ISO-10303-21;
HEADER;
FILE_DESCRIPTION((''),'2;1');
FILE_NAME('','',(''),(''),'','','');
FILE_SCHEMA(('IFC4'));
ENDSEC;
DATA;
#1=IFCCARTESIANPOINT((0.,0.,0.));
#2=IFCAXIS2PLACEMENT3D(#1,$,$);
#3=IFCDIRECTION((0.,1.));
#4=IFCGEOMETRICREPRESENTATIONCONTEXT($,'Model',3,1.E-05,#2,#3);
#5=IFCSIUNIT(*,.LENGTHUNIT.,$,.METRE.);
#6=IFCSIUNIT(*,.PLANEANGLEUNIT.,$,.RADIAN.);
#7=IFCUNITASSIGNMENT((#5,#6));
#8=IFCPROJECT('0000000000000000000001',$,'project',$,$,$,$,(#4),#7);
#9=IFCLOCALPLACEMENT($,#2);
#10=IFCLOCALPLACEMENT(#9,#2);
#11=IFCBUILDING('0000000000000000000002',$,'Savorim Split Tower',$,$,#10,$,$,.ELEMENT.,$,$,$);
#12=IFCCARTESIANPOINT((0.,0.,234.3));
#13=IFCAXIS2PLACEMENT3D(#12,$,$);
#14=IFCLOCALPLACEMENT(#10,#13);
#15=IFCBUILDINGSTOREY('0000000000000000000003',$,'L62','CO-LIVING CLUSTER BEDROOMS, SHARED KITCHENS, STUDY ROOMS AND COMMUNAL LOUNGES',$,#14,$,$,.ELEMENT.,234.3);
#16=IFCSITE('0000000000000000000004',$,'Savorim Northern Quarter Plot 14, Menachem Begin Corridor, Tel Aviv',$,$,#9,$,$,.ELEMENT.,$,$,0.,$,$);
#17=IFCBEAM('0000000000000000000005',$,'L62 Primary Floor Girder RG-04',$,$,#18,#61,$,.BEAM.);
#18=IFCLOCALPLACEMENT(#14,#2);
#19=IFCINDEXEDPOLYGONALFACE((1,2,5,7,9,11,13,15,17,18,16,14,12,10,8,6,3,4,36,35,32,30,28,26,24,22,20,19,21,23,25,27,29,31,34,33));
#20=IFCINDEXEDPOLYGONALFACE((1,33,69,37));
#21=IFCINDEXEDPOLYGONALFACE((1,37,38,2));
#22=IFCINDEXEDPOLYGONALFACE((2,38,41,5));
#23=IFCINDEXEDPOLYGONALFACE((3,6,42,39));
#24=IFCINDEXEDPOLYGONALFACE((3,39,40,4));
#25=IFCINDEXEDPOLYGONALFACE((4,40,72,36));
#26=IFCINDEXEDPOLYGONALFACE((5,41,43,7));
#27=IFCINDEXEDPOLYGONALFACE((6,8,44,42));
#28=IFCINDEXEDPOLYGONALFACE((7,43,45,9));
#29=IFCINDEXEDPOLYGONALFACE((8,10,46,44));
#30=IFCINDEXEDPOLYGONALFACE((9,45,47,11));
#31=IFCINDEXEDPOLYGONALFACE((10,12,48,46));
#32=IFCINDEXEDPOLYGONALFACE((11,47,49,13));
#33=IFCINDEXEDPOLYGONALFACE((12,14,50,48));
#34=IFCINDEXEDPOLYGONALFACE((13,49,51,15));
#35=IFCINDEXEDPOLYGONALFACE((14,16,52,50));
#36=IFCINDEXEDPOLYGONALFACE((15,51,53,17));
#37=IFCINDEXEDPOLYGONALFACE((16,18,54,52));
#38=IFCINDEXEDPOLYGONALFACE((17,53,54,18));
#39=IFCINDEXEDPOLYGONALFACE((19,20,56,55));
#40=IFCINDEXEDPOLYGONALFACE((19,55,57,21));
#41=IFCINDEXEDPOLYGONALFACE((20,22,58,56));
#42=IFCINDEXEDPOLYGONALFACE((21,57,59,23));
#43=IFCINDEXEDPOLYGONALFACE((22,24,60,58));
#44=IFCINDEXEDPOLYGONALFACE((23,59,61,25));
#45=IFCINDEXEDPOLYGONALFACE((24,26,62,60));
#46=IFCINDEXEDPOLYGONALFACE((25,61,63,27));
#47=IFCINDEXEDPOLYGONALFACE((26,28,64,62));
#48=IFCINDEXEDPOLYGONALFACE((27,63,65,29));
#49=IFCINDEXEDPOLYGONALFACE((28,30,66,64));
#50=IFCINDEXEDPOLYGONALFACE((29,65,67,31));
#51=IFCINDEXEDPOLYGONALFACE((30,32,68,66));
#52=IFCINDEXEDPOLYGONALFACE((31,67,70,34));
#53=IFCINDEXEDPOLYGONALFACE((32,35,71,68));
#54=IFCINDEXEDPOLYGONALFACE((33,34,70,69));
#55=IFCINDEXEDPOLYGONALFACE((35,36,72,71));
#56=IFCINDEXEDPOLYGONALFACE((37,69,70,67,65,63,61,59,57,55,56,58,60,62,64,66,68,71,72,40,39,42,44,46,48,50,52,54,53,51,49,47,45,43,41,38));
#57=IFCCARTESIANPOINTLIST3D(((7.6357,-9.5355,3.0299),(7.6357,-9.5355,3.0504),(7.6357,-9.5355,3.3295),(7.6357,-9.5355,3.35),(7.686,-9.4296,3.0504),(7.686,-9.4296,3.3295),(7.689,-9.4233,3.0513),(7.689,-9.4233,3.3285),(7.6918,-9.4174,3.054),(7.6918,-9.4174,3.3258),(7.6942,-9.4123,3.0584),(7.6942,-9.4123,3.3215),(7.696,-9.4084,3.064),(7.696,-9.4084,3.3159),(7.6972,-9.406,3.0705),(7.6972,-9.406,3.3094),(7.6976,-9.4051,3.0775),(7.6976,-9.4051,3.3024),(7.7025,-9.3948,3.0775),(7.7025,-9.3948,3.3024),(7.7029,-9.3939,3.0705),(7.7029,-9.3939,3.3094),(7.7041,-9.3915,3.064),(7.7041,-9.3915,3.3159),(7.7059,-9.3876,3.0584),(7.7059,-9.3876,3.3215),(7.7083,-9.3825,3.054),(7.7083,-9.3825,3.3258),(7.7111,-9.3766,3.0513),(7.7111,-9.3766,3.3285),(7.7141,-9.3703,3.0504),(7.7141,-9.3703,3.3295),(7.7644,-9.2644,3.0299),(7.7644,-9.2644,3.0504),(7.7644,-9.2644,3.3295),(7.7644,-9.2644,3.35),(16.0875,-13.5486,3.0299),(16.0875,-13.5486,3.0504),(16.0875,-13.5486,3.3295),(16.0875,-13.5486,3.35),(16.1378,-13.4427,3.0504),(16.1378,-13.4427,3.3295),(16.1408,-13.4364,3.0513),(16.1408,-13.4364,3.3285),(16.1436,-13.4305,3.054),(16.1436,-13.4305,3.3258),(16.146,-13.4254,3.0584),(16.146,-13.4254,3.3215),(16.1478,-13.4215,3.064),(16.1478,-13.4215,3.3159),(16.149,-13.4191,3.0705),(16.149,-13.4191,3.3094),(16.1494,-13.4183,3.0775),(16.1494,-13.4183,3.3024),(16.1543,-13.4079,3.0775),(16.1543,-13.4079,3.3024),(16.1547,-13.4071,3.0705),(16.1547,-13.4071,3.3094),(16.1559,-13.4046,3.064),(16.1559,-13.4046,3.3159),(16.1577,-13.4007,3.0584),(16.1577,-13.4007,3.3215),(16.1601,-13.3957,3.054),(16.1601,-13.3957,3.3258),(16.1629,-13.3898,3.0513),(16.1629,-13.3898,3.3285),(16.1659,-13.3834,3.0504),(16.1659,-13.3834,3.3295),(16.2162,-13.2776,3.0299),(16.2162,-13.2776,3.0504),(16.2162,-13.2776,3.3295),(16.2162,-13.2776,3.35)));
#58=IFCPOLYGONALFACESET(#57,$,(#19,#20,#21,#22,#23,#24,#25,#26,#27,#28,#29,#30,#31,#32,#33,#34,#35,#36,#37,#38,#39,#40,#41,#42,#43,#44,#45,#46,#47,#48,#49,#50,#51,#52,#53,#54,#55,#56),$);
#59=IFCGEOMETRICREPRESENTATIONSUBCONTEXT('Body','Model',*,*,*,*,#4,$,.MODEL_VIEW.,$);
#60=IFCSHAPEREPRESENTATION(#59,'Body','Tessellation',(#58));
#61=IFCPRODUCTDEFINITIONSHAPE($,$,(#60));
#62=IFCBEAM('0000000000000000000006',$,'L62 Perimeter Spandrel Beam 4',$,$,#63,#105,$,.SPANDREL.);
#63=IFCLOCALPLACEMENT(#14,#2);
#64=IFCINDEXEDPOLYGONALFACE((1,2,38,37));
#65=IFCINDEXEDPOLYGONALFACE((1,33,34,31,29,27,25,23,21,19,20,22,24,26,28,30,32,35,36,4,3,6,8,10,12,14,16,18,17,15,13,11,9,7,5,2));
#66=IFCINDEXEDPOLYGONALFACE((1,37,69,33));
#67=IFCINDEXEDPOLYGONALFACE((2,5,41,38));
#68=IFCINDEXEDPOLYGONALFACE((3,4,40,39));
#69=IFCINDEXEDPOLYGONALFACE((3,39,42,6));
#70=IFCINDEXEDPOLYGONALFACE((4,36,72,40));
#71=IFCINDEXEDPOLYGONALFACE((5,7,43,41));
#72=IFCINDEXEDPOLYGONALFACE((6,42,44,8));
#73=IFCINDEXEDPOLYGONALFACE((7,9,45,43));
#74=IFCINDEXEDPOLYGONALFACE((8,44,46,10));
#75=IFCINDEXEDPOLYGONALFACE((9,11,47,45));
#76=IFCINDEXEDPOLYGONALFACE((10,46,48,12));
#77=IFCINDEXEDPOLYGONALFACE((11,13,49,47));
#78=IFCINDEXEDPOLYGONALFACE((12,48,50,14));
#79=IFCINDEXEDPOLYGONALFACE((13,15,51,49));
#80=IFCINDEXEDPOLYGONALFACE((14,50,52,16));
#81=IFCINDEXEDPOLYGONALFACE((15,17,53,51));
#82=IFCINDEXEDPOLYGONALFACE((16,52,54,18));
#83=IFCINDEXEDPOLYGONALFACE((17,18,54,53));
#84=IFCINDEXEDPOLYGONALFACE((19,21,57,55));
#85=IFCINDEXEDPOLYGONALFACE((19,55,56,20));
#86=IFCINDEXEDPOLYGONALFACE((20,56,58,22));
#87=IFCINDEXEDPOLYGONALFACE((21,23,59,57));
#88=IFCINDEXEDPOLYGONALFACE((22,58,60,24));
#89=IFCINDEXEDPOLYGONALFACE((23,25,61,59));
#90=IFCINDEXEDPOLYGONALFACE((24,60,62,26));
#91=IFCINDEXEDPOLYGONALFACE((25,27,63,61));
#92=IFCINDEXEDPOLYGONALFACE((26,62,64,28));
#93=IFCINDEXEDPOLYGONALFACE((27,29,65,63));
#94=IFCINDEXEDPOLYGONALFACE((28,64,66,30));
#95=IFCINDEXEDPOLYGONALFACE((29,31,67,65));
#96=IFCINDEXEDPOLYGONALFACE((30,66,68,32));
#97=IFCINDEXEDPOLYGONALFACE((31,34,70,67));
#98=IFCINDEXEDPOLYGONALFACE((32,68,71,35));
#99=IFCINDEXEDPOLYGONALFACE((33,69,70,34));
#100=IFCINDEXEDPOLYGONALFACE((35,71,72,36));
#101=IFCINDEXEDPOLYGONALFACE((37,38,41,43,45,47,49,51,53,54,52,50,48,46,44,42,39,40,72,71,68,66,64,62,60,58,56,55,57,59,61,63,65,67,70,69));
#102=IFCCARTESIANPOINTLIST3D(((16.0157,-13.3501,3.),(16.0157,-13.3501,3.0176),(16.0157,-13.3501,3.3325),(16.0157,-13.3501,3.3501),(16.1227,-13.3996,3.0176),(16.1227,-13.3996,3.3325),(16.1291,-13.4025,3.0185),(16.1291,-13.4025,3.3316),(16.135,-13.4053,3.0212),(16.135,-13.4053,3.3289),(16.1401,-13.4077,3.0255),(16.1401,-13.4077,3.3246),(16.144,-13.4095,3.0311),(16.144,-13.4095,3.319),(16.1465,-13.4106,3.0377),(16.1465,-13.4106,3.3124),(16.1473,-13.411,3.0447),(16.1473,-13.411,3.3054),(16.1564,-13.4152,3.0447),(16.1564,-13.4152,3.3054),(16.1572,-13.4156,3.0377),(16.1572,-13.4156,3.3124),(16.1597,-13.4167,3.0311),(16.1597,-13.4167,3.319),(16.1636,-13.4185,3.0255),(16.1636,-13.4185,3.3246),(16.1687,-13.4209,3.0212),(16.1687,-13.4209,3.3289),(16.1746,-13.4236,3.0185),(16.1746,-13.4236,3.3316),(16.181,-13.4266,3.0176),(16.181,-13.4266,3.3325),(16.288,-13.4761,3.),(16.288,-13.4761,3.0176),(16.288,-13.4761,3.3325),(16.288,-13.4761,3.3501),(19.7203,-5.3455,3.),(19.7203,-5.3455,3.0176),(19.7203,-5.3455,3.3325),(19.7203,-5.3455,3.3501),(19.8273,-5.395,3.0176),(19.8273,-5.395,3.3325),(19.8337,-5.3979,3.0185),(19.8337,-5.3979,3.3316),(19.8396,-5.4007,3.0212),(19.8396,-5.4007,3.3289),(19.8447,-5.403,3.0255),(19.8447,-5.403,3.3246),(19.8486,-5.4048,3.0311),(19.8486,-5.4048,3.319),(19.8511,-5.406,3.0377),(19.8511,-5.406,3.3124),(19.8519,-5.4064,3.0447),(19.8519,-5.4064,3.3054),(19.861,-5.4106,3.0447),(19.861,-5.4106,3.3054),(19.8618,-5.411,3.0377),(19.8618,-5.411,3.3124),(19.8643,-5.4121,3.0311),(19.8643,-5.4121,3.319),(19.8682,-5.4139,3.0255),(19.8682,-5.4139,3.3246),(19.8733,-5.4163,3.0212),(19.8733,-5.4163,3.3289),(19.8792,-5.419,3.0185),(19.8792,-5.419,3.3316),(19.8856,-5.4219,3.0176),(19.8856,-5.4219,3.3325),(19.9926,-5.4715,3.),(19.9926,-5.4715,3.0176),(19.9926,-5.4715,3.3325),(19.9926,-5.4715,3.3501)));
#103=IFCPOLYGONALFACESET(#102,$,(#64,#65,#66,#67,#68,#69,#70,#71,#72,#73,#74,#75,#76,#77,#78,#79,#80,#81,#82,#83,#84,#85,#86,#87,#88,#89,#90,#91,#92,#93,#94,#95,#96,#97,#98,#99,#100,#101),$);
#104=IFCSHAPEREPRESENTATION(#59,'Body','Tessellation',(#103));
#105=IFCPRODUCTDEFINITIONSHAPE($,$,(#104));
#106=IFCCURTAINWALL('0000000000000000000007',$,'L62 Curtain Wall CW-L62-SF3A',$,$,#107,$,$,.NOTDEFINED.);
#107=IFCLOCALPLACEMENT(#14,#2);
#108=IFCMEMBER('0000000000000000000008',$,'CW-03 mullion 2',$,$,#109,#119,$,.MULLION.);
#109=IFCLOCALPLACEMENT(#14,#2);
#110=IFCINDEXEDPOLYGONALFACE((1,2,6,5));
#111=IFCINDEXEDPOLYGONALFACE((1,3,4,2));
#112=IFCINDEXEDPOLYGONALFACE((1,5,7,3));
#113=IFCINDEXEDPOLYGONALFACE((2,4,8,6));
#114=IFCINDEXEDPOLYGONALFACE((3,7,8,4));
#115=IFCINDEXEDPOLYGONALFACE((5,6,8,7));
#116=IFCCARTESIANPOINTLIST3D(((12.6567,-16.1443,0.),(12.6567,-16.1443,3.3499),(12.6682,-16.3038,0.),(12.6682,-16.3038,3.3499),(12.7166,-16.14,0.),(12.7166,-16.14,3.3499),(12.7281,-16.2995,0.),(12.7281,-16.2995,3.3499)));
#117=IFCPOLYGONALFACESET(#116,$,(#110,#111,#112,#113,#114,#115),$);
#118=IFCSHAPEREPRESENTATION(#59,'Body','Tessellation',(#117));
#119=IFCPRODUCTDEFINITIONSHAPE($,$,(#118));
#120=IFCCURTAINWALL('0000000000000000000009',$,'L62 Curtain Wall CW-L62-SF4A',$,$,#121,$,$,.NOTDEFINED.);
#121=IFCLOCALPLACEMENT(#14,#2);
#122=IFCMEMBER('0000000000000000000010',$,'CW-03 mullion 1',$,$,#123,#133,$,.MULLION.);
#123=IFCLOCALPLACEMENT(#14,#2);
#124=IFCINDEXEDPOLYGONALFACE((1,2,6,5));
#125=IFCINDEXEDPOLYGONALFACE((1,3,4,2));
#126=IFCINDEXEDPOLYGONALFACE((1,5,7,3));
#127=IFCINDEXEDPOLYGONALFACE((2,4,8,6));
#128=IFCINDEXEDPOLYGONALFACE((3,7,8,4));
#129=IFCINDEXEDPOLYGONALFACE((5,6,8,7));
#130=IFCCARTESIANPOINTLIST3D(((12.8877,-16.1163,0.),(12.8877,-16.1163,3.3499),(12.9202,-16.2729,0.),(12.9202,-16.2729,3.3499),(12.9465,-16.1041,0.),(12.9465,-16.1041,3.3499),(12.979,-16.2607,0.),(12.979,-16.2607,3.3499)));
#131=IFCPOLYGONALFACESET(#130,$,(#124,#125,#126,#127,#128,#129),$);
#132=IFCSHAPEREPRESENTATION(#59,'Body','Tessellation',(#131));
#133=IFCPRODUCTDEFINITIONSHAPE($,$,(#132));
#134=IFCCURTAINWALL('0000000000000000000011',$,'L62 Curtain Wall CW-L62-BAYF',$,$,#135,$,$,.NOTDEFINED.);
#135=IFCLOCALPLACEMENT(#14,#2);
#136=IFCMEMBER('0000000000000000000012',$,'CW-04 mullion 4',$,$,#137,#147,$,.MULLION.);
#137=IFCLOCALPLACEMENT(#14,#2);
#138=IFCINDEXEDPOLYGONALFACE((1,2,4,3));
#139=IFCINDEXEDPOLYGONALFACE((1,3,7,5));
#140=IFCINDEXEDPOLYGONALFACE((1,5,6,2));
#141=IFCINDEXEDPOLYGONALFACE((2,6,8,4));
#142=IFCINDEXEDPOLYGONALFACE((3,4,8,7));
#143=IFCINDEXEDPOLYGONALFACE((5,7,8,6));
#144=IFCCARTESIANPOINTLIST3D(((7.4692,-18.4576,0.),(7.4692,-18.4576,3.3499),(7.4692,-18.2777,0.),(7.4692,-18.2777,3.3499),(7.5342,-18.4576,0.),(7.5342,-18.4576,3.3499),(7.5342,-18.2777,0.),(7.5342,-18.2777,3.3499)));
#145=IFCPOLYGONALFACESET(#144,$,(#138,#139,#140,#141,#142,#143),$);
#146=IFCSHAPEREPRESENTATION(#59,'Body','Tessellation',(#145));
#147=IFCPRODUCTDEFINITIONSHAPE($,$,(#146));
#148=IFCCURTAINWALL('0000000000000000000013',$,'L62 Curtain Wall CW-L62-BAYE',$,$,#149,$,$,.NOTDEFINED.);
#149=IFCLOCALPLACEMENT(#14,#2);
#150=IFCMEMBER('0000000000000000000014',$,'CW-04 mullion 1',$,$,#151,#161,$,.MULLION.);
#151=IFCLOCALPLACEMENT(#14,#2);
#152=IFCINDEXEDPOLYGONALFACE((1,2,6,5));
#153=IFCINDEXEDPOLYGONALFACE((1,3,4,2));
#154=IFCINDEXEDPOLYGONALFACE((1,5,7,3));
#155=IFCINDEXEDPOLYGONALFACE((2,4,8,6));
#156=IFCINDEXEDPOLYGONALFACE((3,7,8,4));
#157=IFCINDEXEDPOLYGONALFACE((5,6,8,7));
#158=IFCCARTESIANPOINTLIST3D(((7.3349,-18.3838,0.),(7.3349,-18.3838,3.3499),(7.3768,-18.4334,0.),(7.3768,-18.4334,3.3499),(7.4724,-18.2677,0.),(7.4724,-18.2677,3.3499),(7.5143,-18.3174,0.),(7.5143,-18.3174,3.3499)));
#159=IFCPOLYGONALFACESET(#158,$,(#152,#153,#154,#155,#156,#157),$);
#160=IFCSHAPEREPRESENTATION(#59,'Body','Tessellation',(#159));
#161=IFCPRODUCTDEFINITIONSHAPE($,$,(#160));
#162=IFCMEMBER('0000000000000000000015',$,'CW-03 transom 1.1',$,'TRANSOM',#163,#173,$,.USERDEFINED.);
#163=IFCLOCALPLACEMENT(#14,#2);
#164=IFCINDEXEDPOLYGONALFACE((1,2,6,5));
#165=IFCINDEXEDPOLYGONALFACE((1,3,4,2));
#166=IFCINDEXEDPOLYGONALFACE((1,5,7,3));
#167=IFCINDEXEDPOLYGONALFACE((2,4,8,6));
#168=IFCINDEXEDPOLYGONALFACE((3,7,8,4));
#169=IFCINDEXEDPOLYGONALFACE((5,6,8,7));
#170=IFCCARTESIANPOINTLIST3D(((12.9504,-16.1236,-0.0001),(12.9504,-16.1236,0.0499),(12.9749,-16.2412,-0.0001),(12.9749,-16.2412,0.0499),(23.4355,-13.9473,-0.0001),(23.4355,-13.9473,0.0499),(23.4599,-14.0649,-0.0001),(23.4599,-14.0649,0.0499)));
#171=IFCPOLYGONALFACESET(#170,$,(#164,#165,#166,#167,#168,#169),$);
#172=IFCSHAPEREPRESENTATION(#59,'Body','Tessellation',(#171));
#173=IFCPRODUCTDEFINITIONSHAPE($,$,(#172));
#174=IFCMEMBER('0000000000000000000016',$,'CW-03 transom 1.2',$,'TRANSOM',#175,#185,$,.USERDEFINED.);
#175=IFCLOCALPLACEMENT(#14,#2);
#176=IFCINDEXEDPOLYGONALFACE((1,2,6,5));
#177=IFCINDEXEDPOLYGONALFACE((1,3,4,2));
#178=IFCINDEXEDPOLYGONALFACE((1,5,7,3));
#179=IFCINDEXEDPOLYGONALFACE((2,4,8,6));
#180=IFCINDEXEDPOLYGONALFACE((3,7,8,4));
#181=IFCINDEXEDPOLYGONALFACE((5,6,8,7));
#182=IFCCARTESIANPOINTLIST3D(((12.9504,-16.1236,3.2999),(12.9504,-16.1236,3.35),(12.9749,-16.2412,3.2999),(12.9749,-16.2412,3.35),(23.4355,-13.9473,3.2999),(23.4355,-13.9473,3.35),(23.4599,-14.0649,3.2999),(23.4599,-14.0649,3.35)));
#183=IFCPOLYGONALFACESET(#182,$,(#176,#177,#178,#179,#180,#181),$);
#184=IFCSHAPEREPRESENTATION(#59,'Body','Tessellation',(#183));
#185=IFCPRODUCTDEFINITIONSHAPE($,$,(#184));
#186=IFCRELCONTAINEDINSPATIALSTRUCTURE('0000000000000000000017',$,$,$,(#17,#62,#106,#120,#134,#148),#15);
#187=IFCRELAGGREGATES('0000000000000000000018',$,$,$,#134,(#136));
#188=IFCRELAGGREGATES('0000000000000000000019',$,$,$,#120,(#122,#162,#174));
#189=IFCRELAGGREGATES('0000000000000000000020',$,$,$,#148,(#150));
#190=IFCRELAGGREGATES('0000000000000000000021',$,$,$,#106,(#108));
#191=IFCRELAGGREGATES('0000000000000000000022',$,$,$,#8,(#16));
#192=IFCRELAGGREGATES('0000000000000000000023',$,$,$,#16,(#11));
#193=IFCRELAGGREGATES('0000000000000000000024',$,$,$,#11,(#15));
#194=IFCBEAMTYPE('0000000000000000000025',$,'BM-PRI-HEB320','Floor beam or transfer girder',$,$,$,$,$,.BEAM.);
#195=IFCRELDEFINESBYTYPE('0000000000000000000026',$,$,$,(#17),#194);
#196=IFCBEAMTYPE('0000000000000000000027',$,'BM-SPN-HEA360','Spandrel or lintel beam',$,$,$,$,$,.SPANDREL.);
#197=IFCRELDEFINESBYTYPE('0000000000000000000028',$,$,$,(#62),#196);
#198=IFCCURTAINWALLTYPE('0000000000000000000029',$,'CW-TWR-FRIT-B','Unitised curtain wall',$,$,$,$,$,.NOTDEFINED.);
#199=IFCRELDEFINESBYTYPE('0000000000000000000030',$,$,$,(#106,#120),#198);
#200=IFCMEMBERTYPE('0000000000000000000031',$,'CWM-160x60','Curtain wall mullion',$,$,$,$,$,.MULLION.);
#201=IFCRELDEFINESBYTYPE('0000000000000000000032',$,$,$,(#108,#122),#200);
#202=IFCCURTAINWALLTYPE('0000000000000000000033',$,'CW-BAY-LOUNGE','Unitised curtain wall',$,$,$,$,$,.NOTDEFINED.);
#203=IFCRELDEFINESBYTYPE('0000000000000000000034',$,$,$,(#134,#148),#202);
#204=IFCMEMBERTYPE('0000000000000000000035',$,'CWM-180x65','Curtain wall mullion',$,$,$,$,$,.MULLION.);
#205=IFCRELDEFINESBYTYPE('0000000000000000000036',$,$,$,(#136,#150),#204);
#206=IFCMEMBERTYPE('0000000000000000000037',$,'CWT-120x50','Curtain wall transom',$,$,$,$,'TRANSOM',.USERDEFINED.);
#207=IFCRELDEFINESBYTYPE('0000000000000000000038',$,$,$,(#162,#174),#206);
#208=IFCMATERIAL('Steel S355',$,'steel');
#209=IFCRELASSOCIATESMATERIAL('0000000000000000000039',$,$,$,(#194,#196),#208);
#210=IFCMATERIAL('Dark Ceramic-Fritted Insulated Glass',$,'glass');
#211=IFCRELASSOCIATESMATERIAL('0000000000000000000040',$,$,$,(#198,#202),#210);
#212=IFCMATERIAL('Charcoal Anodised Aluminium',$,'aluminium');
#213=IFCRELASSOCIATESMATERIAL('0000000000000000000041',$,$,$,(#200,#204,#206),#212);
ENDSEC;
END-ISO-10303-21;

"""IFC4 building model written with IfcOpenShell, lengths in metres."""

from ifc_helpers import new_model, si_unit, direction, frame, origin, origin_2d, place, context, subcontext, project, spatial, rectangle, i_section, extrude, material, material_profile, profile_set, type_object, element, aggregate, save


model = new_model("IFC4")

# Units and contexts
model_context = context("Model", 3, precision=1e-05, world=origin(), true_north=direction((0.0, 1.0)))
body_context = subcontext(model_context, "Body", "Model", "MODEL_VIEW")
ifc_project = project(units=[si_unit("LENGTHUNIT", "METRE"), si_unit("PLANEANGLEUNIT", "RADIAN")], contexts=[model_context])

# Site, building, storey
site_placement = place(None, origin())
site = spatial("IfcSite", under=ifc_project, at=site_placement, Name="Savorim Northern Quarter Plot 14, Menachem Begin Corridor, Tel Aviv", CompositionType="ELEMENT", RefElevation=0.0)
building_placement = place(site_placement, origin())
building = spatial("IfcBuilding", under=site, at=building_placement, Name="Savorim Split Tower", CompositionType="ELEMENT")
storey_placement = place(building_placement, frame((0.0, 0.0, 234.3)))
storey = spatial("IfcBuildingStorey", under=building, at=storey_placement, Name="L62", Description="CO-LIVING CLUSTER BEDROOMS, SHARED KITCHENS, STUDY ROOMS AND COMMUNAL LOUNGES", CompositionType="ELEMENT", Elevation=234.3)

# Shared definitions
ifc_material_1 = material(Name="Steel S355", Category="steel")

# Beams
ifc_material_profile_1 = material_profile(ifc_material_1, i_section(OverallWidth=0.3, OverallDepth=0.3201, WebThickness=0.0115, FlangeThickness=0.0205, FilletRadius=0.0271, at=origin_2d()), Name="HEB 320")
ifc_profile_set_1 = profile_set([ifc_material_profile_1], Name="Steel S355")
beam_type_1 = type_object("IfcBeamType", Name="BM-PRI-HEB320", Description="Floor beam or transfer girder", PredefinedType="BEAM", material=ifc_profile_set_1)
beam_1_placement = place(storey_placement, frame((16.1519, -13.4131, 3.1899), z_axis=(-0.903338, 0.428929, 0.0), x_axis=(-0.428929, -0.903338, 0.0)))
element("IfcBeam", 1, at=beam_1_placement, inside=storey, type_object=beam_type_1, Name="L62 Primary Floor Girder RG-04", PredefinedType="BEAM", context=body_context, shape_type="SweptSolid", body=[
    extrude(i_section(OverallWidth=0.3, OverallDepth=0.3201, WebThickness=0.0115, FlangeThickness=0.0205, FilletRadius=0.0271, at=origin_2d()), origin(), (0.0, 0.0, 1.0), 9.3562),
])
ifc_material_profile_2 = material_profile(ifc_material_1, i_section(OverallWidth=0.3, OverallDepth=0.3501, WebThickness=0.01, FlangeThickness=0.0176, FilletRadius=0.0271, at=origin_2d()), Name="HEA 360")
ifc_profile_set_2 = profile_set([ifc_material_profile_2], Name="Steel S355")
beam_type_2 = type_object("IfcBeamType", Name="BM-SPN-HEA360", Description="Spandrel or lintel beam", PredefinedType="SPANDREL", material=ifc_profile_set_2)
beam_2_placement = place(storey_placement, frame((16.1519, -13.4131, 3.175), z_axis=(0.420006, 0.907521, 0.0), x_axis=(-0.907521, 0.420006, 0.0)))
element("IfcBeam", 2, at=beam_2_placement, inside=storey, type_object=beam_type_2, Name="L62 Perimeter Spandrel Beam 4", PredefinedType="SPANDREL", context=body_context, shape_type="SweptSolid", body=[
    extrude(i_section(OverallWidth=0.3, OverallDepth=0.3501, WebThickness=0.01, FlangeThickness=0.0176, FilletRadius=0.0271, at=origin_2d()), origin(), (0.0, 0.0, 1.0), 8.8203),
])

# Curtain walls, members
ifc_material_2 = material(Name="Dark Ceramic-Fritted Insulated Glass", Category="glass")
curtain_wall_type_1 = type_object("IfcCurtainWallType", Name="CW-TWR-FRIT-B", Description="Unitised curtain wall", PredefinedType="NOTDEFINED", material=ifc_material_2)
curtain_wall_1_placement = place(storey_placement, origin())
curtain_wall_1 = element("IfcCurtainWall", 3, at=curtain_wall_1_placement, inside=storey, type_object=curtain_wall_type_1, Name="L62 Curtain Wall CW-L62-SF3A", PredefinedType="NOTDEFINED")
ifc_material_3 = material(Name="Charcoal Anodised Aluminium", Category="aluminium")
ifc_material_profile_3 = material_profile(ifc_material_3, rectangle(XDim=0.1599, YDim=0.0601, at=origin_2d()), Name="ALU-M 160x60")
ifc_profile_set_3 = profile_set([ifc_material_profile_3], Name="Charcoal Anodised Aluminium")
member_type_1 = type_object("IfcMemberType", Name="CWM-160x60", Description="Curtain wall mullion", PredefinedType="MULLION", material=ifc_profile_set_3)
member_1_placement = place(storey_placement, frame((12.6924, -16.2219, 0.0), z_axis=(0.0, 0.0, 1.0), x_axis=(-0.071558, 0.997436, 0.0)))
member_1 = element("IfcMember", 4, at=member_1_placement, type_object=member_type_1, Name="CW-03 mullion 2", PredefinedType="MULLION", context=body_context, shape_type="SweptSolid", body=[
    extrude(rectangle(XDim=0.1599, YDim=0.0601, at=origin_2d()), origin(), (0.0, 0.0, 1.0), 3.3499),
])
curtain_wall_2_placement = place(storey_placement, origin())
curtain_wall_2 = element("IfcCurtainWall", 5, at=curtain_wall_2_placement, inside=storey, type_object=curtain_wall_type_1, Name="L62 Curtain Wall CW-L62-SF4A", PredefinedType="NOTDEFINED")
member_2_placement = place(storey_placement, frame((12.9333, -16.1885, 0.0), z_axis=(0.0, 0.0, 1.0), x_axis=(-0.203215, 0.979134, 0.0)))
member_2 = element("IfcMember", 6, at=member_2_placement, type_object=member_type_1, Name="CW-03 mullion 1", PredefinedType="MULLION", context=body_context, shape_type="SweptSolid", body=[
    extrude(rectangle(XDim=0.1599, YDim=0.0601, at=origin_2d()), origin(), (0.0, 0.0, 1.0), 3.3499),
])
curtain_wall_type_2 = type_object("IfcCurtainWallType", Name="CW-BAY-LOUNGE", Description="Unitised curtain wall", PredefinedType="NOTDEFINED", material=ifc_material_2)
curtain_wall_3_placement = place(storey_placement, origin())
curtain_wall_3 = element("IfcCurtainWall", 7, at=curtain_wall_3_placement, inside=storey, type_object=curtain_wall_type_2, Name="L62 Curtain Wall CW-L62-BAYF", PredefinedType="NOTDEFINED")
ifc_material_profile_4 = material_profile(ifc_material_3, rectangle(XDim=0.1799, YDim=0.0649, at=origin_2d()), Name="ALU-M 180x65")
ifc_profile_set_4 = profile_set([ifc_material_profile_4], Name="Charcoal Anodised Aluminium")
member_type_2 = type_object("IfcMemberType", Name="CWM-180x65", Description="Curtain wall mullion", PredefinedType="MULLION", material=ifc_profile_set_4)
member_3_placement = place(storey_placement, frame((7.5017, -18.3677, 0.0), z_axis=(0.0, 0.0, 1.0), x_axis=(0.0, 1.0, 0.0)))
member_3 = element("IfcMember", 8, at=member_3_placement, type_object=member_type_2, Name="CW-04 mullion 4", PredefinedType="MULLION", context=body_context, shape_type="SweptSolid", body=[
    extrude(rectangle(XDim=0.1799, YDim=0.0649, at=origin_2d()), origin(), (0.0, 0.0, 1.0), 3.3499),
])
aggregate(curtain_wall_3, [member_3])
curtain_wall_4_placement = place(storey_placement, origin())
curtain_wall_4 = element("IfcCurtainWall", 9, at=curtain_wall_4_placement, inside=storey, type_object=curtain_wall_type_2, Name="L62 Curtain Wall CW-L62-BAYE", PredefinedType="NOTDEFINED")
member_4_placement = place(storey_placement, frame((7.4246, -18.3506, 0.0), z_axis=(0.0, 0.0, 1.0), x_axis=(-0.764177, -0.645006, 0.0)))
member_4 = element("IfcMember", 10, at=member_4_placement, type_object=member_type_2, Name="CW-04 mullion 1", PredefinedType="MULLION", context=body_context, shape_type="SweptSolid", body=[
    extrude(rectangle(XDim=0.1799, YDim=0.0649, at=origin_2d()), origin(), (0.0, 0.0, 1.0), 3.3499),
])

# Members
ifc_material_profile_5 = material_profile(ifc_material_3, rectangle(XDim=0.1201, YDim=0.05, at=origin_2d()), Name="ALU-T 120x50")
ifc_profile_set_5 = profile_set([ifc_material_profile_5], Name="Charcoal Anodised Aluminium")
member_type_3 = type_object("IfcMemberType", Name="CWT-120x50", Description="Curtain wall transom", ElementType="TRANSOM", PredefinedType="USERDEFINED", material=ifc_profile_set_5)
member_5_placement = place(storey_placement, frame((12.9626, -16.1824, 0.0249), z_axis=(0.979132, 0.203227, 0.0), x_axis=(-0.203227, 0.979132, 0.0)))
member_5 = element("IfcMember", 11, at=member_5_placement, type_object=member_type_3, Name="CW-03 transom 1.1", ObjectType="TRANSOM", PredefinedType="USERDEFINED", context=body_context, shape_type="SweptSolid", body=[
    extrude(rectangle(XDim=0.1201, YDim=0.05, at=origin_2d()), origin(), (0.0, 0.0, 1.0), 10.7085),
])
member_6_placement = place(storey_placement, frame((12.9626, -16.1824, 3.325), z_axis=(0.979132, 0.203227, 0.0), x_axis=(-0.203227, 0.979132, 0.0)))
member_6 = element("IfcMember", 12, at=member_6_placement, type_object=member_type_3, Name="CW-03 transom 1.2", ObjectType="TRANSOM", PredefinedType="USERDEFINED", context=body_context, shape_type="SweptSolid", body=[
    extrude(rectangle(XDim=0.1201, YDim=0.05, at=origin_2d()), origin(), (0.0, 0.0, 1.0), 10.7085),
])
aggregate(curtain_wall_2, [member_2, member_5, member_6])
aggregate(curtain_wall_4, [member_4])

aggregate(curtain_wall_1, [member_1])

save(model, "model.ifc")
